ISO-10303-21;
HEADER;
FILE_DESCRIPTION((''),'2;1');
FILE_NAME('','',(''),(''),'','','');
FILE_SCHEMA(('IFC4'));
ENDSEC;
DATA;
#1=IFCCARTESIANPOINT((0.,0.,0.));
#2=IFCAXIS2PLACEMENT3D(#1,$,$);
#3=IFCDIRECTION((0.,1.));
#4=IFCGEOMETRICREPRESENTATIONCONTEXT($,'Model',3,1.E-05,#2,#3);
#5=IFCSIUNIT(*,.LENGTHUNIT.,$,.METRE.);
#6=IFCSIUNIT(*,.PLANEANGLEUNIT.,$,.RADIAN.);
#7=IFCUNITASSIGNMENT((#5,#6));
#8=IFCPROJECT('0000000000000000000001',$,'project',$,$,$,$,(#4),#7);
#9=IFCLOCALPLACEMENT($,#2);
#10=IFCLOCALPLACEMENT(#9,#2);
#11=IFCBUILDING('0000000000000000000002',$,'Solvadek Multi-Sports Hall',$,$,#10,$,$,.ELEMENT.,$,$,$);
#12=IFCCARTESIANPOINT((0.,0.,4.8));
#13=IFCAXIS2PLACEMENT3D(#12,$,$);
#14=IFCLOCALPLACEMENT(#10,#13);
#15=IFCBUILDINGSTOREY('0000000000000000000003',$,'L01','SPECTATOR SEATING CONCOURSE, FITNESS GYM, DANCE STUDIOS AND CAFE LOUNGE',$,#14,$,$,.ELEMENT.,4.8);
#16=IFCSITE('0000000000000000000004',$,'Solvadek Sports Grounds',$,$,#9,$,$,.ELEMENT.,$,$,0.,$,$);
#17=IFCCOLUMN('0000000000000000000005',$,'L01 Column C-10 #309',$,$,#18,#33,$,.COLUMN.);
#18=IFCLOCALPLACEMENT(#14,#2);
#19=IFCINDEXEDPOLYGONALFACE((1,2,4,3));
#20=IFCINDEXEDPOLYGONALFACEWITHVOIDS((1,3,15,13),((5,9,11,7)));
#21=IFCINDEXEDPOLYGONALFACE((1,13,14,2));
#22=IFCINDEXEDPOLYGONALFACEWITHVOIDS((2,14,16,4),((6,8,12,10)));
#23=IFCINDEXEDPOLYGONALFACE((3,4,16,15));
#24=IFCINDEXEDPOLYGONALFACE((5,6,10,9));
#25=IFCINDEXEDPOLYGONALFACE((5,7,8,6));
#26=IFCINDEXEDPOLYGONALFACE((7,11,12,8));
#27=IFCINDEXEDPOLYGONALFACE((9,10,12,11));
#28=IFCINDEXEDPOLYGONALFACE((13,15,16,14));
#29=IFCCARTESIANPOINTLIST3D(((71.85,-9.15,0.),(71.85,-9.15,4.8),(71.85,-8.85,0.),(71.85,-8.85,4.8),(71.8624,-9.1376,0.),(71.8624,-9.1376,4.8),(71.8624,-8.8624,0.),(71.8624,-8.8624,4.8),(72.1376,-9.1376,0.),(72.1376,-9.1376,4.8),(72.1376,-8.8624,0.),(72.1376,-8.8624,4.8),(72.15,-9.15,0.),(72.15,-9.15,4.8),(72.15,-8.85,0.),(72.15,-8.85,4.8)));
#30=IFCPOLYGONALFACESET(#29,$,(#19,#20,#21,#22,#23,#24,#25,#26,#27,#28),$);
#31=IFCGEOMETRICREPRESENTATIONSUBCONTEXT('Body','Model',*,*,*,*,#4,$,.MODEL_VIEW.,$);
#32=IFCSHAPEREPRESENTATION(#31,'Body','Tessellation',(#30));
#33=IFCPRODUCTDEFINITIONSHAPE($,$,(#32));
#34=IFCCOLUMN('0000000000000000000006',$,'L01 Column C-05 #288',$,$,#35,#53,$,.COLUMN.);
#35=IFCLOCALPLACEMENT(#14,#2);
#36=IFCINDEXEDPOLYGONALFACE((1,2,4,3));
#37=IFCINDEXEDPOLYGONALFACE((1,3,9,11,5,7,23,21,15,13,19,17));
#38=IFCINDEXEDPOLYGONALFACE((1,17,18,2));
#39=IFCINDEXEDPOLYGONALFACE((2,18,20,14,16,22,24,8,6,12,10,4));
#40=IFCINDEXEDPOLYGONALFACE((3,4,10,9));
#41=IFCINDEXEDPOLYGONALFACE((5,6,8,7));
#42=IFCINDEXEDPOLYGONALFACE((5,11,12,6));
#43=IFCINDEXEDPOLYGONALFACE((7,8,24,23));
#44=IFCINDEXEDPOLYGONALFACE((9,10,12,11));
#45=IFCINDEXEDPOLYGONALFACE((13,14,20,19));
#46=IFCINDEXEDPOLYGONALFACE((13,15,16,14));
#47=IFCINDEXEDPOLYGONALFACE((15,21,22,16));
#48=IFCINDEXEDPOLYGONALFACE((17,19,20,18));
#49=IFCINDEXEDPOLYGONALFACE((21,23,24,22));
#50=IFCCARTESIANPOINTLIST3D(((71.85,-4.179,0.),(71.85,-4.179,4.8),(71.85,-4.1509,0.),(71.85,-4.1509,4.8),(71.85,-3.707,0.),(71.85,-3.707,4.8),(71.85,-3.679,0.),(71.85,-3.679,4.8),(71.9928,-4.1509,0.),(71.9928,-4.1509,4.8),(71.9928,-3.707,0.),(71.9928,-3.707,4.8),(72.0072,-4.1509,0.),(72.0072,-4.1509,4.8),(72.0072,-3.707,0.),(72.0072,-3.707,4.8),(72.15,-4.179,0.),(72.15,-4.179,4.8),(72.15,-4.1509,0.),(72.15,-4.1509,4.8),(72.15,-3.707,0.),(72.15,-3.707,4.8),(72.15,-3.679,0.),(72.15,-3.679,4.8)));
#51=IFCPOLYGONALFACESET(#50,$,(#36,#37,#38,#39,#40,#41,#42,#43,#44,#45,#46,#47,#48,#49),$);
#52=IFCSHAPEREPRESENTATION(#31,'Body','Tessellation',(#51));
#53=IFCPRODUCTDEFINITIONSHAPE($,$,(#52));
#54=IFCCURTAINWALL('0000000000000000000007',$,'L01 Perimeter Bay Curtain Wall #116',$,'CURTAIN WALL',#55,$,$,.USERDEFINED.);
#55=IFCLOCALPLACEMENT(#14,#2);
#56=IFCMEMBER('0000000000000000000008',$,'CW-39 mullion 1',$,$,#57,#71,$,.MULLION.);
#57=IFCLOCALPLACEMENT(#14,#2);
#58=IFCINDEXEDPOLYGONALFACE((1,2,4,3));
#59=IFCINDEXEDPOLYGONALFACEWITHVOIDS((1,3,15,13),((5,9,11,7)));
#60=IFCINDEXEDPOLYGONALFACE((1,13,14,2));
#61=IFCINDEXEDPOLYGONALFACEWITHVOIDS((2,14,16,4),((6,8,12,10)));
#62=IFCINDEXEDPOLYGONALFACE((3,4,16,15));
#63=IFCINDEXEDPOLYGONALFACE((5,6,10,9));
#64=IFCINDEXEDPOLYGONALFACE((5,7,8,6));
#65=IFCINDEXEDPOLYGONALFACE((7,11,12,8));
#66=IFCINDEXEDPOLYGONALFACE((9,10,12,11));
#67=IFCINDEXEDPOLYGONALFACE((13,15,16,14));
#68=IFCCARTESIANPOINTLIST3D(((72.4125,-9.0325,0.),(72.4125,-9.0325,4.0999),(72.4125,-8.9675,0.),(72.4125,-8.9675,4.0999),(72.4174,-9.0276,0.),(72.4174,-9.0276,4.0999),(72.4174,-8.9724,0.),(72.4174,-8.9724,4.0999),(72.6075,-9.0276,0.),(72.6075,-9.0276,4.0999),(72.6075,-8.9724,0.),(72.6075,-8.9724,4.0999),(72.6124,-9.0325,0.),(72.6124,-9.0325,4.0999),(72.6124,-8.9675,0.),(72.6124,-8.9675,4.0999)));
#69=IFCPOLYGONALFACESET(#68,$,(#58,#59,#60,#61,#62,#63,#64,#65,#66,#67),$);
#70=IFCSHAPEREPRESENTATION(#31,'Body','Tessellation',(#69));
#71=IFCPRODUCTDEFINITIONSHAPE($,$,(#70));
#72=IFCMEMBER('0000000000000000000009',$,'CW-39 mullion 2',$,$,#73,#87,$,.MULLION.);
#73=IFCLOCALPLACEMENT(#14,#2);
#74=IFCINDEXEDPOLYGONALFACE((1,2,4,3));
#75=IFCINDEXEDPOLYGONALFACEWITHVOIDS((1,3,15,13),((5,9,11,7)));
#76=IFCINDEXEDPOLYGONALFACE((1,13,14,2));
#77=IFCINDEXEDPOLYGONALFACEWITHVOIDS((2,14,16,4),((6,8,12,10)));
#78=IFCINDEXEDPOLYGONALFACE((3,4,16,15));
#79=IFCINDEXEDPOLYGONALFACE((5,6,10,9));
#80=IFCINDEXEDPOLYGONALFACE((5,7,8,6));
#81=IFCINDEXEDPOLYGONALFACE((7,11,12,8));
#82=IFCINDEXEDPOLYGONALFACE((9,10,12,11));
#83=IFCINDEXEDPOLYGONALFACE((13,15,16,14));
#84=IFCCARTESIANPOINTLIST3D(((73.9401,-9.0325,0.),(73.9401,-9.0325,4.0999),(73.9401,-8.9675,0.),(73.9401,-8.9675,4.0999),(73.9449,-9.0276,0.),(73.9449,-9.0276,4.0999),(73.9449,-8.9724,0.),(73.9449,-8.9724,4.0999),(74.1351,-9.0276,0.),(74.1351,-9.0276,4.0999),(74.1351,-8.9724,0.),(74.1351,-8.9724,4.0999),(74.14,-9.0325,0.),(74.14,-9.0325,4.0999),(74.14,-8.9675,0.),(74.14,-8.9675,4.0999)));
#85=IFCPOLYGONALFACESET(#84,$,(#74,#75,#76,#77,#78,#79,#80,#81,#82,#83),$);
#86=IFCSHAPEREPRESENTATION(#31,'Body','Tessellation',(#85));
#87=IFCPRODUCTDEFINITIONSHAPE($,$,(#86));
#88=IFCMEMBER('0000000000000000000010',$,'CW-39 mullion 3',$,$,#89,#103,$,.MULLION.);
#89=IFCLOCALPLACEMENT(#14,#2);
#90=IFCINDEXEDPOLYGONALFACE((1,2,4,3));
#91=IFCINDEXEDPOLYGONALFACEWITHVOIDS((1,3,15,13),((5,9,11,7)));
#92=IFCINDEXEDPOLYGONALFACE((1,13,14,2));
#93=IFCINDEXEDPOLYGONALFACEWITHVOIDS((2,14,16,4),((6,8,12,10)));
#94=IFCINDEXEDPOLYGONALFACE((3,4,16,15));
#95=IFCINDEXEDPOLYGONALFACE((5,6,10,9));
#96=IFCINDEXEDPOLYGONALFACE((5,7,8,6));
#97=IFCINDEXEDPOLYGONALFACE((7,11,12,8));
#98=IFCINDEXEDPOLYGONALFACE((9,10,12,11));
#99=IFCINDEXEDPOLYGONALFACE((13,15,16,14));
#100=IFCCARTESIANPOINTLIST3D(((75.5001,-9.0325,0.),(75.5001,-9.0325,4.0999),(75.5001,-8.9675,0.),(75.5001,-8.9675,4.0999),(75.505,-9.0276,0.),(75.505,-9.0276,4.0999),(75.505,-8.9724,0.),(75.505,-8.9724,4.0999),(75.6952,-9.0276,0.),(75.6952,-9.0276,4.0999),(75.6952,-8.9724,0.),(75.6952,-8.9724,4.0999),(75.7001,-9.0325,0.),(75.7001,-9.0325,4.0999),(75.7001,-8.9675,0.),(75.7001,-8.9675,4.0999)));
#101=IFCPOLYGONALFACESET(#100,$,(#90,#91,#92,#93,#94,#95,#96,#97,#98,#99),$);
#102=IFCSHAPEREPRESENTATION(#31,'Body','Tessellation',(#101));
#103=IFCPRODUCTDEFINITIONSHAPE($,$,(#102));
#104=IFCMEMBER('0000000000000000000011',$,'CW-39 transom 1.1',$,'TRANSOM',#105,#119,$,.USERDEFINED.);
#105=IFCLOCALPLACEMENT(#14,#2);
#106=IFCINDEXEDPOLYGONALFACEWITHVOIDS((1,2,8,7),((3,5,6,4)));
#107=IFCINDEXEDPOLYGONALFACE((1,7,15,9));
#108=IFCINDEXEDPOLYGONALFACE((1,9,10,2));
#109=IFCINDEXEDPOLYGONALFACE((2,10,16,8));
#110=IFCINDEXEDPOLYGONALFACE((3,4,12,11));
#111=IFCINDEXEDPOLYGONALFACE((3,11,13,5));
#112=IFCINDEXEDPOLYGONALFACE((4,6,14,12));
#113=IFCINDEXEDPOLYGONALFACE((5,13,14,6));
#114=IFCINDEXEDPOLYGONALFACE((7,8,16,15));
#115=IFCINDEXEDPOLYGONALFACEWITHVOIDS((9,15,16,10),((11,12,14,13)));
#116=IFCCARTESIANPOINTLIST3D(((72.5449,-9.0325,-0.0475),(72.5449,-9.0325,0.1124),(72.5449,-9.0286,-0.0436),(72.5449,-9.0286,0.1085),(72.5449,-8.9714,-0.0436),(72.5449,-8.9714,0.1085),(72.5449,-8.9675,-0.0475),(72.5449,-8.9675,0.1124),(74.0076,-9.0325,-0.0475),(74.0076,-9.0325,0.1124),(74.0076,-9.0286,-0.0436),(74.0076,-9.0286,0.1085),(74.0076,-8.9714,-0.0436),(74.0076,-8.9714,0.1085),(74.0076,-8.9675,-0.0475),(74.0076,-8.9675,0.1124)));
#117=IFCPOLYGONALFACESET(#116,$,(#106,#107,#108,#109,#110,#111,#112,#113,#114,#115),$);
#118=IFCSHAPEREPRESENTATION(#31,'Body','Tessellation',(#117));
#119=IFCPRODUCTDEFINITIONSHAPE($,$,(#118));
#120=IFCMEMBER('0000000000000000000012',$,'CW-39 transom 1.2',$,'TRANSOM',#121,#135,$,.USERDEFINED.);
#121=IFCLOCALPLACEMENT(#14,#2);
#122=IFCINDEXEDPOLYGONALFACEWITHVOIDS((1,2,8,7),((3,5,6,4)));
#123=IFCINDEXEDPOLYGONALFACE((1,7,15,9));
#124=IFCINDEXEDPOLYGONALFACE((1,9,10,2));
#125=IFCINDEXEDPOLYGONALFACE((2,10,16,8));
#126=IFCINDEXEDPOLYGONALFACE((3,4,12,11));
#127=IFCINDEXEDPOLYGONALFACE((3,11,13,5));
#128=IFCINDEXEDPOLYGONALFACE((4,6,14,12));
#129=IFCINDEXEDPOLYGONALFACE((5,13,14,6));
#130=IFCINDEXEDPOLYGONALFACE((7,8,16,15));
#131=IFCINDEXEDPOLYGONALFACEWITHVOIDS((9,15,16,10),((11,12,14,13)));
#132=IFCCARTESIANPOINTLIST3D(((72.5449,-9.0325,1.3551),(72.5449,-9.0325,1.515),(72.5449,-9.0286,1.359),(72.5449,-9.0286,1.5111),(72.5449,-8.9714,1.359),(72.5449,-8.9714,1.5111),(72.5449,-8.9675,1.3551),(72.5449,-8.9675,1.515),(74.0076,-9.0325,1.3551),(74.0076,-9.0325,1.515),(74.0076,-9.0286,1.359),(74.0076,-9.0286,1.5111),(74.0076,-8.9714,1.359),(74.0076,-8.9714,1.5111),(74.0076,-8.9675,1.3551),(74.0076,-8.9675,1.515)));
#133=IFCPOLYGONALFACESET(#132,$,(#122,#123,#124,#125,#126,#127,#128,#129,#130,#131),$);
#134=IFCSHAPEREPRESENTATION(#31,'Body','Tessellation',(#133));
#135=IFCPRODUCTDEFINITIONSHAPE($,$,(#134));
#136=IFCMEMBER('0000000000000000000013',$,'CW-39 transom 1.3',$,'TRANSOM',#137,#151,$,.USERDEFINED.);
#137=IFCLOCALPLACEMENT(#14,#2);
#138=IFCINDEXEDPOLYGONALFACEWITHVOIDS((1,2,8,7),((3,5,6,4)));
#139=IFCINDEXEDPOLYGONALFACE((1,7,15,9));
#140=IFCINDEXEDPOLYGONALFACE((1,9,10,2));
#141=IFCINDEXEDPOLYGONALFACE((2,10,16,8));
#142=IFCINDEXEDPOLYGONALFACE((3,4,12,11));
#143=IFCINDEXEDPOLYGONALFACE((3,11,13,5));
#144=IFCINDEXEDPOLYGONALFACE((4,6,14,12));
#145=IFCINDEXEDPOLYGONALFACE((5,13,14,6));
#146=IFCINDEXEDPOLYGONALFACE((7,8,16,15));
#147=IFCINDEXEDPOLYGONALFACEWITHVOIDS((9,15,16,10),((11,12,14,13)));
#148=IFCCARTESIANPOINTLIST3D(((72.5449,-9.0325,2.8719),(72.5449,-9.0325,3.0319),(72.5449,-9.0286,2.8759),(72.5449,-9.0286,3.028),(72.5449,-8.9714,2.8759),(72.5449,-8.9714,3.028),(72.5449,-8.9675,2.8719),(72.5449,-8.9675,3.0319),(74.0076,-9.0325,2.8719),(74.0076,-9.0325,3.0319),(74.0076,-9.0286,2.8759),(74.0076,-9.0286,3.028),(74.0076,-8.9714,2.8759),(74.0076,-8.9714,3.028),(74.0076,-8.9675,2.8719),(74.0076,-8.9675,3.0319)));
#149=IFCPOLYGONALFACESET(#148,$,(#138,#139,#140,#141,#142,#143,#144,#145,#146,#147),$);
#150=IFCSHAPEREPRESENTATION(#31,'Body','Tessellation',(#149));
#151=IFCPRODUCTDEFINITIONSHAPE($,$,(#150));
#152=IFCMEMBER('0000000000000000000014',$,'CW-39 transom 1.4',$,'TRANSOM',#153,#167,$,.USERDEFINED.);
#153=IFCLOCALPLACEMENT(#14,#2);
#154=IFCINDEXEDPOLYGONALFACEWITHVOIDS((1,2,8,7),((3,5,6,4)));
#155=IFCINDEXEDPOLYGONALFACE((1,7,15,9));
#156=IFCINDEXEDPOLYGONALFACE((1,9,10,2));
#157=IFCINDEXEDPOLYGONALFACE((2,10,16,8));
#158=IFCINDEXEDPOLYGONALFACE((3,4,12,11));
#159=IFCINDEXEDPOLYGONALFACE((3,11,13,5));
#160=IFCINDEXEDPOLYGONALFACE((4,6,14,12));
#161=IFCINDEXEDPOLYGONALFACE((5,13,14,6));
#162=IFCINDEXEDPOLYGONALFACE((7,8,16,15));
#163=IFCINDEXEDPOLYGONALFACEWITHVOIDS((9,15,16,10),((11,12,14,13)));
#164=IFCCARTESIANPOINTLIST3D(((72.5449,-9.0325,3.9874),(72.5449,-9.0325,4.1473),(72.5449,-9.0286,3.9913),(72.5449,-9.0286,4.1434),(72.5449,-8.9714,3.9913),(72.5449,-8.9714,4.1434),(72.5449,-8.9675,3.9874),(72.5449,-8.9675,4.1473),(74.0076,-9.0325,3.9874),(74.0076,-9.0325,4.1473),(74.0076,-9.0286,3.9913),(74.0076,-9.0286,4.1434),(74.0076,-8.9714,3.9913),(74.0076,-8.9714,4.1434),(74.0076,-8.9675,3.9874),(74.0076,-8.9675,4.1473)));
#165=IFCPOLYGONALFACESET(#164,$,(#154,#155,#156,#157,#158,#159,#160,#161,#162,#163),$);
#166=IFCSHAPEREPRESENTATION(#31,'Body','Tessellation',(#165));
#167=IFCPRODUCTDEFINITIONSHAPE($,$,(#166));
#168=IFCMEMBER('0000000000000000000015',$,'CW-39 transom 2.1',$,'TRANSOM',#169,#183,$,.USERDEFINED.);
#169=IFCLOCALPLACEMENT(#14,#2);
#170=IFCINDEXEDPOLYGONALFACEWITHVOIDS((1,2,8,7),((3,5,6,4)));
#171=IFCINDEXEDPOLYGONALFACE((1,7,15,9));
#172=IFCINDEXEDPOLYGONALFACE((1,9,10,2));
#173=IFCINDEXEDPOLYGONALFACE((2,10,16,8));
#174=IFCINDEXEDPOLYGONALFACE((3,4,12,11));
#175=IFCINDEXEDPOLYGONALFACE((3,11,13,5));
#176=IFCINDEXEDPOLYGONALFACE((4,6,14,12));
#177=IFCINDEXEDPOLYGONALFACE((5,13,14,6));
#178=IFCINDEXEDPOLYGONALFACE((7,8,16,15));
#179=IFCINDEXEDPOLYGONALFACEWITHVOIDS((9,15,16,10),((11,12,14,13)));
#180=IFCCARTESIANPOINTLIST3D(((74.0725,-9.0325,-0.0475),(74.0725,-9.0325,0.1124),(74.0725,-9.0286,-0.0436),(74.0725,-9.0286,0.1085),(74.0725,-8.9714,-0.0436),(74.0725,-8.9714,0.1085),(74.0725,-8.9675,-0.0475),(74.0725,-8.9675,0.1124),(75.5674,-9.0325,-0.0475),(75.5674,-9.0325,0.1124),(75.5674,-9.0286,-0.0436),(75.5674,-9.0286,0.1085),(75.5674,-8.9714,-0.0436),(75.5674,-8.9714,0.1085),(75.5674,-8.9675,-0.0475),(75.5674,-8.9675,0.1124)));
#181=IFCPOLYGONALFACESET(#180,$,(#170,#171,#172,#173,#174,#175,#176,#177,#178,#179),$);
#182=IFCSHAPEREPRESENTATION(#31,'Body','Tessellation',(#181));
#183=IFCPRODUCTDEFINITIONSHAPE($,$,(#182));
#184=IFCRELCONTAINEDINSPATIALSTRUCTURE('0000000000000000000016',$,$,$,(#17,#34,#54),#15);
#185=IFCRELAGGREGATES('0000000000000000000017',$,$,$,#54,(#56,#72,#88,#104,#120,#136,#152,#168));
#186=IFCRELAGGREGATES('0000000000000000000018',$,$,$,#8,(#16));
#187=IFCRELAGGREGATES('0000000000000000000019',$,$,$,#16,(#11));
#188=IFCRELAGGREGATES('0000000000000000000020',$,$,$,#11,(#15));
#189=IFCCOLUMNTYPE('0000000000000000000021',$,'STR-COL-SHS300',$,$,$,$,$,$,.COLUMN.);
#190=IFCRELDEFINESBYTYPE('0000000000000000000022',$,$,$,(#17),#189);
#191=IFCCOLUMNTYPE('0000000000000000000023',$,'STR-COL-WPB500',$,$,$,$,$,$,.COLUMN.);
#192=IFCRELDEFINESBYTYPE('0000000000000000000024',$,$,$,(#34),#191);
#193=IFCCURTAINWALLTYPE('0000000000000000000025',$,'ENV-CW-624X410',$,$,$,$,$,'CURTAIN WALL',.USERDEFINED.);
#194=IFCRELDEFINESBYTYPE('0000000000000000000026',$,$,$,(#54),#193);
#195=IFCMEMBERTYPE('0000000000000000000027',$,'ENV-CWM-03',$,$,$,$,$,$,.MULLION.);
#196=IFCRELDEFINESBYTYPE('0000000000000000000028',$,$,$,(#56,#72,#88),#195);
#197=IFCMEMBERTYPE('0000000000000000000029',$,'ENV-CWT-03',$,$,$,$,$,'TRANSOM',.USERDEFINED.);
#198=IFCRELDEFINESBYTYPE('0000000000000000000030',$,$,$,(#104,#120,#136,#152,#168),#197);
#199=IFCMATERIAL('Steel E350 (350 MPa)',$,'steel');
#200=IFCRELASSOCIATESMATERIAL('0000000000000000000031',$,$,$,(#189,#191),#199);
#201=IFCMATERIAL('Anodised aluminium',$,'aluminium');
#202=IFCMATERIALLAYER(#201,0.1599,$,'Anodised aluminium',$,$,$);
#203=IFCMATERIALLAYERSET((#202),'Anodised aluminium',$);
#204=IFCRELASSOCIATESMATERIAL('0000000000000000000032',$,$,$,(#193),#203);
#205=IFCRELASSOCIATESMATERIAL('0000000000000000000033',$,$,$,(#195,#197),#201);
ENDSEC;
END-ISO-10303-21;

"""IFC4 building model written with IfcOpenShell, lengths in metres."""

from ifc_helpers import new_model, si_unit, direction, frame, origin, origin_2d, place, context, subcontext, project, spatial, hollow_rectangle, i_section, extrude, material, layer, layer_set, material_profile, profile_set, type_object, element, aggregate, save


model = new_model("IFC4")

# Units and contexts
model_context = context("Model", 3, precision=1e-05, world=origin(), true_north=direction((0.0, 1.0)))
body_context = subcontext(model_context, "Body", "Model", "MODEL_VIEW")
ifc_project = project(units=[si_unit("LENGTHUNIT", "METRE"), si_unit("PLANEANGLEUNIT", "RADIAN")], contexts=[model_context])

# Site, building, storey
site_placement = place(None, origin())
site = spatial("IfcSite", under=ifc_project, at=site_placement, Name="Solvadek Sports Grounds", CompositionType="ELEMENT", RefElevation=0.0)
building_placement = place(site_placement, origin())
building = spatial("IfcBuilding", under=site, at=building_placement, Name="Solvadek Multi-Sports Hall", CompositionType="ELEMENT")
storey_placement = place(building_placement, frame((0.0, 0.0, 4.8)))
storey = spatial("IfcBuildingStorey", under=building, at=storey_placement, Name="L01", Description="SPECTATOR SEATING CONCOURSE, FITNESS GYM, DANCE STUDIOS AND CAFE LOUNGE", CompositionType="ELEMENT", Elevation=4.8)

# Columns
ifc_material_1 = material(Name="Steel E350 (350 MPa)", Category="steel")
ifc_material_profile_1 = material_profile(ifc_material_1, hollow_rectangle(XDim=0.3, YDim=0.3, WallThickness=0.0125, at=origin_2d()), Name="SHS 300x300x12.5")
ifc_profile_set_1 = profile_set([ifc_material_profile_1], Name="Steel E350 (350 MPa)")
column_type_1 = type_object("IfcColumnType", Name="STR-COL-SHS300", PredefinedType="COLUMN", material=ifc_profile_set_1)
column_1_placement = place(storey_placement, frame((72.0, -9.0, 0.0), z_axis=(0.0, 0.0, 1.0), x_axis=(1.0, 0.0, 0.0)))
element("IfcColumn", 1, at=column_1_placement, inside=storey, type_object=column_type_1, Name="L01 Column C-10 #309", PredefinedType="COLUMN", context=body_context, shape_type="SweptSolid", body=[
    extrude(hollow_rectangle(XDim=0.3, YDim=0.3, WallThickness=0.0125, at=origin_2d()), origin(), (0.0, 0.0, 1.0), 4.8),
])
ifc_material_profile_2 = material_profile(ifc_material_1, i_section(OverallWidth=0.3, OverallDepth=0.5, WebThickness=0.0144, FlangeThickness=0.0281, at=origin_2d()), Name="WPB 500")
ifc_profile_set_2 = profile_set([ifc_material_profile_2], Name="Steel E350 (350 MPa)")
column_type_2 = type_object("IfcColumnType", Name="STR-COL-WPB500", PredefinedType="COLUMN", material=ifc_profile_set_2)
column_2_placement = place(storey_placement, frame((72.0, -3.929, 0.0), z_axis=(0.0, 0.0, 1.0), x_axis=(1.0, 0.0, 0.0)))
element("IfcColumn", 2, at=column_2_placement, inside=storey, type_object=column_type_2, Name="L01 Column C-05 #288", PredefinedType="COLUMN", context=body_context, shape_type="SweptSolid", body=[
    extrude(i_section(OverallWidth=0.3, OverallDepth=0.5, WebThickness=0.0144, FlangeThickness=0.0281, at=origin_2d()), origin(), (0.0, 0.0, 1.0), 4.8),
])

# Curtain wall, members
ifc_material_2 = material(Name="Anodised aluminium", Category="aluminium")
ifc_layer_1 = layer(ifc_material_2, 0.1599, Name="Anodised aluminium")
ifc_layer_set_1 = layer_set([ifc_layer_1], Name="Anodised aluminium")
curtain_wall_type = type_object("IfcCurtainWallType", Name="ENV-CW-624X410", ElementType="CURTAIN WALL", PredefinedType="USERDEFINED", material=ifc_layer_set_1)
curtain_wall_placement = place(storey_placement, origin())
curtain_wall = element("IfcCurtainWall", 3, at=curtain_wall_placement, inside=storey, type_object=curtain_wall_type, Name="L01 Perimeter Bay Curtain Wall #116", ObjectType="CURTAIN WALL", PredefinedType="USERDEFINED")
ifc_material_profile_3 = material_profile(ifc_material_2, hollow_rectangle(XDim=0.0649, YDim=0.2, WallThickness=0.0049, at=origin_2d()), Name="ALU-M 200x65x5")
ifc_profile_set_3 = profile_set([ifc_material_profile_3], Name="Anodised aluminium")
member_type_1 = type_object("IfcMemberType", Name="ENV-CWM-03", PredefinedType="MULLION", material=ifc_profile_set_3)
member_1_placement = place(storey_placement, frame((72.5125, -9.0, 0.0), z_axis=(0.0, 0.0, 1.0), x_axis=(0.0, 1.0, 0.0)))
member_1 = element("IfcMember", 4, at=member_1_placement, type_object=member_type_1, Name="CW-39 mullion 1", PredefinedType="MULLION", context=body_context, shape_type="SweptSolid", body=[
    extrude(hollow_rectangle(XDim=0.0649, YDim=0.2, WallThickness=0.0049, at=origin_2d()), origin(), (0.0, 0.0, 1.0), 4.0999),
])
member_2_placement = place(storey_placement, frame((74.04, -9.0, 0.0), z_axis=(0.0, 0.0, 1.0), x_axis=(0.0, 1.0, 0.0)))
member_2 = element("IfcMember", 5, at=member_2_placement, type_object=member_type_1, Name="CW-39 mullion 2", PredefinedType="MULLION", context=body_context, shape_type="SweptSolid", body=[
    extrude(hollow_rectangle(XDim=0.0649, YDim=0.2, WallThickness=0.0049, at=origin_2d()), origin(), (0.0, 0.0, 1.0), 4.0999),
])
member_3_placement = place(storey_placement, frame((75.6001, -9.0, 0.0), z_axis=(0.0, 0.0, 1.0), x_axis=(0.0, 1.0, 0.0)))
member_3 = element("IfcMember", 6, at=member_3_placement, type_object=member_type_1, Name="CW-39 mullion 3", PredefinedType="MULLION", context=body_context, shape_type="SweptSolid", body=[
    extrude(hollow_rectangle(XDim=0.0649, YDim=0.2, WallThickness=0.0049, at=origin_2d()), origin(), (0.0, 0.0, 1.0), 4.0999),
])
ifc_material_profile_4 = material_profile(ifc_material_2, hollow_rectangle(XDim=0.0649, YDim=0.1599, WallThickness=0.0039, at=origin_2d()), Name="ALU-T 160x65x4")
ifc_profile_set_4 = profile_set([ifc_material_profile_4], Name="Anodised aluminium")
member_type_2 = type_object("IfcMemberType", Name="ENV-CWT-03", ElementType="TRANSOM", PredefinedType="USERDEFINED", material=ifc_profile_set_4)
member_4_placement = place(storey_placement, frame((72.5449, -9.0, 0.0325), z_axis=(1.0, 0.0, 0.0), x_axis=(0.0, 1.0, 0.0)))
member_4 = element("IfcMember", 7, at=member_4_placement, type_object=member_type_2, Name="CW-39 transom 1.1", ObjectType="TRANSOM", PredefinedType="USERDEFINED", context=body_context, shape_type="SweptSolid", body=[
    extrude(hollow_rectangle(XDim=0.0649, YDim=0.1599, WallThickness=0.0039, at=origin_2d()), origin(), (0.0, 0.0, 1.0), 1.4626),
])
member_5_placement = place(storey_placement, frame((72.5449, -9.0, 1.4351), z_axis=(1.0, 0.0, 0.0), x_axis=(0.0, 1.0, 0.0)))
member_5 = element("IfcMember", 8, at=member_5_placement, type_object=member_type_2, Name="CW-39 transom 1.2", ObjectType="TRANSOM", PredefinedType="USERDEFINED", context=body_context, shape_type="SweptSolid", body=[
    extrude(hollow_rectangle(XDim=0.0649, YDim=0.1599, WallThickness=0.0039, at=origin_2d()), origin(), (0.0, 0.0, 1.0), 1.4626),
])
member_6_placement = place(storey_placement, frame((72.5449, -9.0, 2.9519), z_axis=(1.0, 0.0, 0.0), x_axis=(0.0, 1.0, 0.0)))
member_6 = element("IfcMember", 9, at=member_6_placement, type_object=member_type_2, Name="CW-39 transom 1.3", ObjectType="TRANSOM", PredefinedType="USERDEFINED", context=body_context, shape_type="SweptSolid", body=[
    extrude(hollow_rectangle(XDim=0.0649, YDim=0.1599, WallThickness=0.0039, at=origin_2d()), origin(), (0.0, 0.0, 1.0), 1.4626),
])
member_7_placement = place(storey_placement, frame((72.5449, -9.0, 4.0674), z_axis=(1.0, 0.0, 0.0), x_axis=(0.0, 1.0, 0.0)))
member_7 = element("IfcMember", 10, at=member_7_placement, type_object=member_type_2, Name="CW-39 transom 1.4", ObjectType="TRANSOM", PredefinedType="USERDEFINED", context=body_context, shape_type="SweptSolid", body=[
    extrude(hollow_rectangle(XDim=0.0649, YDim=0.1599, WallThickness=0.0039, at=origin_2d()), origin(), (0.0, 0.0, 1.0), 1.4626),
])
member_8_placement = place(storey_placement, frame((74.0725, -9.0, 0.0325), z_axis=(1.0, 0.0, 0.0), x_axis=(0.0, 1.0, 0.0)))
member_8 = element("IfcMember", 11, at=member_8_placement, type_object=member_type_2, Name="CW-39 transom 2.1", ObjectType="TRANSOM", PredefinedType="USERDEFINED", context=body_context, shape_type="SweptSolid", body=[
    extrude(hollow_rectangle(XDim=0.0649, YDim=0.1599, WallThickness=0.0039, at=origin_2d()), origin(), (0.0, 0.0, 1.0), 1.4949),
])

aggregate(curtain_wall, [member_1, member_2, member_3, member_4, member_5, member_6, member_7, member_8])

save(model, "model.ifc")
